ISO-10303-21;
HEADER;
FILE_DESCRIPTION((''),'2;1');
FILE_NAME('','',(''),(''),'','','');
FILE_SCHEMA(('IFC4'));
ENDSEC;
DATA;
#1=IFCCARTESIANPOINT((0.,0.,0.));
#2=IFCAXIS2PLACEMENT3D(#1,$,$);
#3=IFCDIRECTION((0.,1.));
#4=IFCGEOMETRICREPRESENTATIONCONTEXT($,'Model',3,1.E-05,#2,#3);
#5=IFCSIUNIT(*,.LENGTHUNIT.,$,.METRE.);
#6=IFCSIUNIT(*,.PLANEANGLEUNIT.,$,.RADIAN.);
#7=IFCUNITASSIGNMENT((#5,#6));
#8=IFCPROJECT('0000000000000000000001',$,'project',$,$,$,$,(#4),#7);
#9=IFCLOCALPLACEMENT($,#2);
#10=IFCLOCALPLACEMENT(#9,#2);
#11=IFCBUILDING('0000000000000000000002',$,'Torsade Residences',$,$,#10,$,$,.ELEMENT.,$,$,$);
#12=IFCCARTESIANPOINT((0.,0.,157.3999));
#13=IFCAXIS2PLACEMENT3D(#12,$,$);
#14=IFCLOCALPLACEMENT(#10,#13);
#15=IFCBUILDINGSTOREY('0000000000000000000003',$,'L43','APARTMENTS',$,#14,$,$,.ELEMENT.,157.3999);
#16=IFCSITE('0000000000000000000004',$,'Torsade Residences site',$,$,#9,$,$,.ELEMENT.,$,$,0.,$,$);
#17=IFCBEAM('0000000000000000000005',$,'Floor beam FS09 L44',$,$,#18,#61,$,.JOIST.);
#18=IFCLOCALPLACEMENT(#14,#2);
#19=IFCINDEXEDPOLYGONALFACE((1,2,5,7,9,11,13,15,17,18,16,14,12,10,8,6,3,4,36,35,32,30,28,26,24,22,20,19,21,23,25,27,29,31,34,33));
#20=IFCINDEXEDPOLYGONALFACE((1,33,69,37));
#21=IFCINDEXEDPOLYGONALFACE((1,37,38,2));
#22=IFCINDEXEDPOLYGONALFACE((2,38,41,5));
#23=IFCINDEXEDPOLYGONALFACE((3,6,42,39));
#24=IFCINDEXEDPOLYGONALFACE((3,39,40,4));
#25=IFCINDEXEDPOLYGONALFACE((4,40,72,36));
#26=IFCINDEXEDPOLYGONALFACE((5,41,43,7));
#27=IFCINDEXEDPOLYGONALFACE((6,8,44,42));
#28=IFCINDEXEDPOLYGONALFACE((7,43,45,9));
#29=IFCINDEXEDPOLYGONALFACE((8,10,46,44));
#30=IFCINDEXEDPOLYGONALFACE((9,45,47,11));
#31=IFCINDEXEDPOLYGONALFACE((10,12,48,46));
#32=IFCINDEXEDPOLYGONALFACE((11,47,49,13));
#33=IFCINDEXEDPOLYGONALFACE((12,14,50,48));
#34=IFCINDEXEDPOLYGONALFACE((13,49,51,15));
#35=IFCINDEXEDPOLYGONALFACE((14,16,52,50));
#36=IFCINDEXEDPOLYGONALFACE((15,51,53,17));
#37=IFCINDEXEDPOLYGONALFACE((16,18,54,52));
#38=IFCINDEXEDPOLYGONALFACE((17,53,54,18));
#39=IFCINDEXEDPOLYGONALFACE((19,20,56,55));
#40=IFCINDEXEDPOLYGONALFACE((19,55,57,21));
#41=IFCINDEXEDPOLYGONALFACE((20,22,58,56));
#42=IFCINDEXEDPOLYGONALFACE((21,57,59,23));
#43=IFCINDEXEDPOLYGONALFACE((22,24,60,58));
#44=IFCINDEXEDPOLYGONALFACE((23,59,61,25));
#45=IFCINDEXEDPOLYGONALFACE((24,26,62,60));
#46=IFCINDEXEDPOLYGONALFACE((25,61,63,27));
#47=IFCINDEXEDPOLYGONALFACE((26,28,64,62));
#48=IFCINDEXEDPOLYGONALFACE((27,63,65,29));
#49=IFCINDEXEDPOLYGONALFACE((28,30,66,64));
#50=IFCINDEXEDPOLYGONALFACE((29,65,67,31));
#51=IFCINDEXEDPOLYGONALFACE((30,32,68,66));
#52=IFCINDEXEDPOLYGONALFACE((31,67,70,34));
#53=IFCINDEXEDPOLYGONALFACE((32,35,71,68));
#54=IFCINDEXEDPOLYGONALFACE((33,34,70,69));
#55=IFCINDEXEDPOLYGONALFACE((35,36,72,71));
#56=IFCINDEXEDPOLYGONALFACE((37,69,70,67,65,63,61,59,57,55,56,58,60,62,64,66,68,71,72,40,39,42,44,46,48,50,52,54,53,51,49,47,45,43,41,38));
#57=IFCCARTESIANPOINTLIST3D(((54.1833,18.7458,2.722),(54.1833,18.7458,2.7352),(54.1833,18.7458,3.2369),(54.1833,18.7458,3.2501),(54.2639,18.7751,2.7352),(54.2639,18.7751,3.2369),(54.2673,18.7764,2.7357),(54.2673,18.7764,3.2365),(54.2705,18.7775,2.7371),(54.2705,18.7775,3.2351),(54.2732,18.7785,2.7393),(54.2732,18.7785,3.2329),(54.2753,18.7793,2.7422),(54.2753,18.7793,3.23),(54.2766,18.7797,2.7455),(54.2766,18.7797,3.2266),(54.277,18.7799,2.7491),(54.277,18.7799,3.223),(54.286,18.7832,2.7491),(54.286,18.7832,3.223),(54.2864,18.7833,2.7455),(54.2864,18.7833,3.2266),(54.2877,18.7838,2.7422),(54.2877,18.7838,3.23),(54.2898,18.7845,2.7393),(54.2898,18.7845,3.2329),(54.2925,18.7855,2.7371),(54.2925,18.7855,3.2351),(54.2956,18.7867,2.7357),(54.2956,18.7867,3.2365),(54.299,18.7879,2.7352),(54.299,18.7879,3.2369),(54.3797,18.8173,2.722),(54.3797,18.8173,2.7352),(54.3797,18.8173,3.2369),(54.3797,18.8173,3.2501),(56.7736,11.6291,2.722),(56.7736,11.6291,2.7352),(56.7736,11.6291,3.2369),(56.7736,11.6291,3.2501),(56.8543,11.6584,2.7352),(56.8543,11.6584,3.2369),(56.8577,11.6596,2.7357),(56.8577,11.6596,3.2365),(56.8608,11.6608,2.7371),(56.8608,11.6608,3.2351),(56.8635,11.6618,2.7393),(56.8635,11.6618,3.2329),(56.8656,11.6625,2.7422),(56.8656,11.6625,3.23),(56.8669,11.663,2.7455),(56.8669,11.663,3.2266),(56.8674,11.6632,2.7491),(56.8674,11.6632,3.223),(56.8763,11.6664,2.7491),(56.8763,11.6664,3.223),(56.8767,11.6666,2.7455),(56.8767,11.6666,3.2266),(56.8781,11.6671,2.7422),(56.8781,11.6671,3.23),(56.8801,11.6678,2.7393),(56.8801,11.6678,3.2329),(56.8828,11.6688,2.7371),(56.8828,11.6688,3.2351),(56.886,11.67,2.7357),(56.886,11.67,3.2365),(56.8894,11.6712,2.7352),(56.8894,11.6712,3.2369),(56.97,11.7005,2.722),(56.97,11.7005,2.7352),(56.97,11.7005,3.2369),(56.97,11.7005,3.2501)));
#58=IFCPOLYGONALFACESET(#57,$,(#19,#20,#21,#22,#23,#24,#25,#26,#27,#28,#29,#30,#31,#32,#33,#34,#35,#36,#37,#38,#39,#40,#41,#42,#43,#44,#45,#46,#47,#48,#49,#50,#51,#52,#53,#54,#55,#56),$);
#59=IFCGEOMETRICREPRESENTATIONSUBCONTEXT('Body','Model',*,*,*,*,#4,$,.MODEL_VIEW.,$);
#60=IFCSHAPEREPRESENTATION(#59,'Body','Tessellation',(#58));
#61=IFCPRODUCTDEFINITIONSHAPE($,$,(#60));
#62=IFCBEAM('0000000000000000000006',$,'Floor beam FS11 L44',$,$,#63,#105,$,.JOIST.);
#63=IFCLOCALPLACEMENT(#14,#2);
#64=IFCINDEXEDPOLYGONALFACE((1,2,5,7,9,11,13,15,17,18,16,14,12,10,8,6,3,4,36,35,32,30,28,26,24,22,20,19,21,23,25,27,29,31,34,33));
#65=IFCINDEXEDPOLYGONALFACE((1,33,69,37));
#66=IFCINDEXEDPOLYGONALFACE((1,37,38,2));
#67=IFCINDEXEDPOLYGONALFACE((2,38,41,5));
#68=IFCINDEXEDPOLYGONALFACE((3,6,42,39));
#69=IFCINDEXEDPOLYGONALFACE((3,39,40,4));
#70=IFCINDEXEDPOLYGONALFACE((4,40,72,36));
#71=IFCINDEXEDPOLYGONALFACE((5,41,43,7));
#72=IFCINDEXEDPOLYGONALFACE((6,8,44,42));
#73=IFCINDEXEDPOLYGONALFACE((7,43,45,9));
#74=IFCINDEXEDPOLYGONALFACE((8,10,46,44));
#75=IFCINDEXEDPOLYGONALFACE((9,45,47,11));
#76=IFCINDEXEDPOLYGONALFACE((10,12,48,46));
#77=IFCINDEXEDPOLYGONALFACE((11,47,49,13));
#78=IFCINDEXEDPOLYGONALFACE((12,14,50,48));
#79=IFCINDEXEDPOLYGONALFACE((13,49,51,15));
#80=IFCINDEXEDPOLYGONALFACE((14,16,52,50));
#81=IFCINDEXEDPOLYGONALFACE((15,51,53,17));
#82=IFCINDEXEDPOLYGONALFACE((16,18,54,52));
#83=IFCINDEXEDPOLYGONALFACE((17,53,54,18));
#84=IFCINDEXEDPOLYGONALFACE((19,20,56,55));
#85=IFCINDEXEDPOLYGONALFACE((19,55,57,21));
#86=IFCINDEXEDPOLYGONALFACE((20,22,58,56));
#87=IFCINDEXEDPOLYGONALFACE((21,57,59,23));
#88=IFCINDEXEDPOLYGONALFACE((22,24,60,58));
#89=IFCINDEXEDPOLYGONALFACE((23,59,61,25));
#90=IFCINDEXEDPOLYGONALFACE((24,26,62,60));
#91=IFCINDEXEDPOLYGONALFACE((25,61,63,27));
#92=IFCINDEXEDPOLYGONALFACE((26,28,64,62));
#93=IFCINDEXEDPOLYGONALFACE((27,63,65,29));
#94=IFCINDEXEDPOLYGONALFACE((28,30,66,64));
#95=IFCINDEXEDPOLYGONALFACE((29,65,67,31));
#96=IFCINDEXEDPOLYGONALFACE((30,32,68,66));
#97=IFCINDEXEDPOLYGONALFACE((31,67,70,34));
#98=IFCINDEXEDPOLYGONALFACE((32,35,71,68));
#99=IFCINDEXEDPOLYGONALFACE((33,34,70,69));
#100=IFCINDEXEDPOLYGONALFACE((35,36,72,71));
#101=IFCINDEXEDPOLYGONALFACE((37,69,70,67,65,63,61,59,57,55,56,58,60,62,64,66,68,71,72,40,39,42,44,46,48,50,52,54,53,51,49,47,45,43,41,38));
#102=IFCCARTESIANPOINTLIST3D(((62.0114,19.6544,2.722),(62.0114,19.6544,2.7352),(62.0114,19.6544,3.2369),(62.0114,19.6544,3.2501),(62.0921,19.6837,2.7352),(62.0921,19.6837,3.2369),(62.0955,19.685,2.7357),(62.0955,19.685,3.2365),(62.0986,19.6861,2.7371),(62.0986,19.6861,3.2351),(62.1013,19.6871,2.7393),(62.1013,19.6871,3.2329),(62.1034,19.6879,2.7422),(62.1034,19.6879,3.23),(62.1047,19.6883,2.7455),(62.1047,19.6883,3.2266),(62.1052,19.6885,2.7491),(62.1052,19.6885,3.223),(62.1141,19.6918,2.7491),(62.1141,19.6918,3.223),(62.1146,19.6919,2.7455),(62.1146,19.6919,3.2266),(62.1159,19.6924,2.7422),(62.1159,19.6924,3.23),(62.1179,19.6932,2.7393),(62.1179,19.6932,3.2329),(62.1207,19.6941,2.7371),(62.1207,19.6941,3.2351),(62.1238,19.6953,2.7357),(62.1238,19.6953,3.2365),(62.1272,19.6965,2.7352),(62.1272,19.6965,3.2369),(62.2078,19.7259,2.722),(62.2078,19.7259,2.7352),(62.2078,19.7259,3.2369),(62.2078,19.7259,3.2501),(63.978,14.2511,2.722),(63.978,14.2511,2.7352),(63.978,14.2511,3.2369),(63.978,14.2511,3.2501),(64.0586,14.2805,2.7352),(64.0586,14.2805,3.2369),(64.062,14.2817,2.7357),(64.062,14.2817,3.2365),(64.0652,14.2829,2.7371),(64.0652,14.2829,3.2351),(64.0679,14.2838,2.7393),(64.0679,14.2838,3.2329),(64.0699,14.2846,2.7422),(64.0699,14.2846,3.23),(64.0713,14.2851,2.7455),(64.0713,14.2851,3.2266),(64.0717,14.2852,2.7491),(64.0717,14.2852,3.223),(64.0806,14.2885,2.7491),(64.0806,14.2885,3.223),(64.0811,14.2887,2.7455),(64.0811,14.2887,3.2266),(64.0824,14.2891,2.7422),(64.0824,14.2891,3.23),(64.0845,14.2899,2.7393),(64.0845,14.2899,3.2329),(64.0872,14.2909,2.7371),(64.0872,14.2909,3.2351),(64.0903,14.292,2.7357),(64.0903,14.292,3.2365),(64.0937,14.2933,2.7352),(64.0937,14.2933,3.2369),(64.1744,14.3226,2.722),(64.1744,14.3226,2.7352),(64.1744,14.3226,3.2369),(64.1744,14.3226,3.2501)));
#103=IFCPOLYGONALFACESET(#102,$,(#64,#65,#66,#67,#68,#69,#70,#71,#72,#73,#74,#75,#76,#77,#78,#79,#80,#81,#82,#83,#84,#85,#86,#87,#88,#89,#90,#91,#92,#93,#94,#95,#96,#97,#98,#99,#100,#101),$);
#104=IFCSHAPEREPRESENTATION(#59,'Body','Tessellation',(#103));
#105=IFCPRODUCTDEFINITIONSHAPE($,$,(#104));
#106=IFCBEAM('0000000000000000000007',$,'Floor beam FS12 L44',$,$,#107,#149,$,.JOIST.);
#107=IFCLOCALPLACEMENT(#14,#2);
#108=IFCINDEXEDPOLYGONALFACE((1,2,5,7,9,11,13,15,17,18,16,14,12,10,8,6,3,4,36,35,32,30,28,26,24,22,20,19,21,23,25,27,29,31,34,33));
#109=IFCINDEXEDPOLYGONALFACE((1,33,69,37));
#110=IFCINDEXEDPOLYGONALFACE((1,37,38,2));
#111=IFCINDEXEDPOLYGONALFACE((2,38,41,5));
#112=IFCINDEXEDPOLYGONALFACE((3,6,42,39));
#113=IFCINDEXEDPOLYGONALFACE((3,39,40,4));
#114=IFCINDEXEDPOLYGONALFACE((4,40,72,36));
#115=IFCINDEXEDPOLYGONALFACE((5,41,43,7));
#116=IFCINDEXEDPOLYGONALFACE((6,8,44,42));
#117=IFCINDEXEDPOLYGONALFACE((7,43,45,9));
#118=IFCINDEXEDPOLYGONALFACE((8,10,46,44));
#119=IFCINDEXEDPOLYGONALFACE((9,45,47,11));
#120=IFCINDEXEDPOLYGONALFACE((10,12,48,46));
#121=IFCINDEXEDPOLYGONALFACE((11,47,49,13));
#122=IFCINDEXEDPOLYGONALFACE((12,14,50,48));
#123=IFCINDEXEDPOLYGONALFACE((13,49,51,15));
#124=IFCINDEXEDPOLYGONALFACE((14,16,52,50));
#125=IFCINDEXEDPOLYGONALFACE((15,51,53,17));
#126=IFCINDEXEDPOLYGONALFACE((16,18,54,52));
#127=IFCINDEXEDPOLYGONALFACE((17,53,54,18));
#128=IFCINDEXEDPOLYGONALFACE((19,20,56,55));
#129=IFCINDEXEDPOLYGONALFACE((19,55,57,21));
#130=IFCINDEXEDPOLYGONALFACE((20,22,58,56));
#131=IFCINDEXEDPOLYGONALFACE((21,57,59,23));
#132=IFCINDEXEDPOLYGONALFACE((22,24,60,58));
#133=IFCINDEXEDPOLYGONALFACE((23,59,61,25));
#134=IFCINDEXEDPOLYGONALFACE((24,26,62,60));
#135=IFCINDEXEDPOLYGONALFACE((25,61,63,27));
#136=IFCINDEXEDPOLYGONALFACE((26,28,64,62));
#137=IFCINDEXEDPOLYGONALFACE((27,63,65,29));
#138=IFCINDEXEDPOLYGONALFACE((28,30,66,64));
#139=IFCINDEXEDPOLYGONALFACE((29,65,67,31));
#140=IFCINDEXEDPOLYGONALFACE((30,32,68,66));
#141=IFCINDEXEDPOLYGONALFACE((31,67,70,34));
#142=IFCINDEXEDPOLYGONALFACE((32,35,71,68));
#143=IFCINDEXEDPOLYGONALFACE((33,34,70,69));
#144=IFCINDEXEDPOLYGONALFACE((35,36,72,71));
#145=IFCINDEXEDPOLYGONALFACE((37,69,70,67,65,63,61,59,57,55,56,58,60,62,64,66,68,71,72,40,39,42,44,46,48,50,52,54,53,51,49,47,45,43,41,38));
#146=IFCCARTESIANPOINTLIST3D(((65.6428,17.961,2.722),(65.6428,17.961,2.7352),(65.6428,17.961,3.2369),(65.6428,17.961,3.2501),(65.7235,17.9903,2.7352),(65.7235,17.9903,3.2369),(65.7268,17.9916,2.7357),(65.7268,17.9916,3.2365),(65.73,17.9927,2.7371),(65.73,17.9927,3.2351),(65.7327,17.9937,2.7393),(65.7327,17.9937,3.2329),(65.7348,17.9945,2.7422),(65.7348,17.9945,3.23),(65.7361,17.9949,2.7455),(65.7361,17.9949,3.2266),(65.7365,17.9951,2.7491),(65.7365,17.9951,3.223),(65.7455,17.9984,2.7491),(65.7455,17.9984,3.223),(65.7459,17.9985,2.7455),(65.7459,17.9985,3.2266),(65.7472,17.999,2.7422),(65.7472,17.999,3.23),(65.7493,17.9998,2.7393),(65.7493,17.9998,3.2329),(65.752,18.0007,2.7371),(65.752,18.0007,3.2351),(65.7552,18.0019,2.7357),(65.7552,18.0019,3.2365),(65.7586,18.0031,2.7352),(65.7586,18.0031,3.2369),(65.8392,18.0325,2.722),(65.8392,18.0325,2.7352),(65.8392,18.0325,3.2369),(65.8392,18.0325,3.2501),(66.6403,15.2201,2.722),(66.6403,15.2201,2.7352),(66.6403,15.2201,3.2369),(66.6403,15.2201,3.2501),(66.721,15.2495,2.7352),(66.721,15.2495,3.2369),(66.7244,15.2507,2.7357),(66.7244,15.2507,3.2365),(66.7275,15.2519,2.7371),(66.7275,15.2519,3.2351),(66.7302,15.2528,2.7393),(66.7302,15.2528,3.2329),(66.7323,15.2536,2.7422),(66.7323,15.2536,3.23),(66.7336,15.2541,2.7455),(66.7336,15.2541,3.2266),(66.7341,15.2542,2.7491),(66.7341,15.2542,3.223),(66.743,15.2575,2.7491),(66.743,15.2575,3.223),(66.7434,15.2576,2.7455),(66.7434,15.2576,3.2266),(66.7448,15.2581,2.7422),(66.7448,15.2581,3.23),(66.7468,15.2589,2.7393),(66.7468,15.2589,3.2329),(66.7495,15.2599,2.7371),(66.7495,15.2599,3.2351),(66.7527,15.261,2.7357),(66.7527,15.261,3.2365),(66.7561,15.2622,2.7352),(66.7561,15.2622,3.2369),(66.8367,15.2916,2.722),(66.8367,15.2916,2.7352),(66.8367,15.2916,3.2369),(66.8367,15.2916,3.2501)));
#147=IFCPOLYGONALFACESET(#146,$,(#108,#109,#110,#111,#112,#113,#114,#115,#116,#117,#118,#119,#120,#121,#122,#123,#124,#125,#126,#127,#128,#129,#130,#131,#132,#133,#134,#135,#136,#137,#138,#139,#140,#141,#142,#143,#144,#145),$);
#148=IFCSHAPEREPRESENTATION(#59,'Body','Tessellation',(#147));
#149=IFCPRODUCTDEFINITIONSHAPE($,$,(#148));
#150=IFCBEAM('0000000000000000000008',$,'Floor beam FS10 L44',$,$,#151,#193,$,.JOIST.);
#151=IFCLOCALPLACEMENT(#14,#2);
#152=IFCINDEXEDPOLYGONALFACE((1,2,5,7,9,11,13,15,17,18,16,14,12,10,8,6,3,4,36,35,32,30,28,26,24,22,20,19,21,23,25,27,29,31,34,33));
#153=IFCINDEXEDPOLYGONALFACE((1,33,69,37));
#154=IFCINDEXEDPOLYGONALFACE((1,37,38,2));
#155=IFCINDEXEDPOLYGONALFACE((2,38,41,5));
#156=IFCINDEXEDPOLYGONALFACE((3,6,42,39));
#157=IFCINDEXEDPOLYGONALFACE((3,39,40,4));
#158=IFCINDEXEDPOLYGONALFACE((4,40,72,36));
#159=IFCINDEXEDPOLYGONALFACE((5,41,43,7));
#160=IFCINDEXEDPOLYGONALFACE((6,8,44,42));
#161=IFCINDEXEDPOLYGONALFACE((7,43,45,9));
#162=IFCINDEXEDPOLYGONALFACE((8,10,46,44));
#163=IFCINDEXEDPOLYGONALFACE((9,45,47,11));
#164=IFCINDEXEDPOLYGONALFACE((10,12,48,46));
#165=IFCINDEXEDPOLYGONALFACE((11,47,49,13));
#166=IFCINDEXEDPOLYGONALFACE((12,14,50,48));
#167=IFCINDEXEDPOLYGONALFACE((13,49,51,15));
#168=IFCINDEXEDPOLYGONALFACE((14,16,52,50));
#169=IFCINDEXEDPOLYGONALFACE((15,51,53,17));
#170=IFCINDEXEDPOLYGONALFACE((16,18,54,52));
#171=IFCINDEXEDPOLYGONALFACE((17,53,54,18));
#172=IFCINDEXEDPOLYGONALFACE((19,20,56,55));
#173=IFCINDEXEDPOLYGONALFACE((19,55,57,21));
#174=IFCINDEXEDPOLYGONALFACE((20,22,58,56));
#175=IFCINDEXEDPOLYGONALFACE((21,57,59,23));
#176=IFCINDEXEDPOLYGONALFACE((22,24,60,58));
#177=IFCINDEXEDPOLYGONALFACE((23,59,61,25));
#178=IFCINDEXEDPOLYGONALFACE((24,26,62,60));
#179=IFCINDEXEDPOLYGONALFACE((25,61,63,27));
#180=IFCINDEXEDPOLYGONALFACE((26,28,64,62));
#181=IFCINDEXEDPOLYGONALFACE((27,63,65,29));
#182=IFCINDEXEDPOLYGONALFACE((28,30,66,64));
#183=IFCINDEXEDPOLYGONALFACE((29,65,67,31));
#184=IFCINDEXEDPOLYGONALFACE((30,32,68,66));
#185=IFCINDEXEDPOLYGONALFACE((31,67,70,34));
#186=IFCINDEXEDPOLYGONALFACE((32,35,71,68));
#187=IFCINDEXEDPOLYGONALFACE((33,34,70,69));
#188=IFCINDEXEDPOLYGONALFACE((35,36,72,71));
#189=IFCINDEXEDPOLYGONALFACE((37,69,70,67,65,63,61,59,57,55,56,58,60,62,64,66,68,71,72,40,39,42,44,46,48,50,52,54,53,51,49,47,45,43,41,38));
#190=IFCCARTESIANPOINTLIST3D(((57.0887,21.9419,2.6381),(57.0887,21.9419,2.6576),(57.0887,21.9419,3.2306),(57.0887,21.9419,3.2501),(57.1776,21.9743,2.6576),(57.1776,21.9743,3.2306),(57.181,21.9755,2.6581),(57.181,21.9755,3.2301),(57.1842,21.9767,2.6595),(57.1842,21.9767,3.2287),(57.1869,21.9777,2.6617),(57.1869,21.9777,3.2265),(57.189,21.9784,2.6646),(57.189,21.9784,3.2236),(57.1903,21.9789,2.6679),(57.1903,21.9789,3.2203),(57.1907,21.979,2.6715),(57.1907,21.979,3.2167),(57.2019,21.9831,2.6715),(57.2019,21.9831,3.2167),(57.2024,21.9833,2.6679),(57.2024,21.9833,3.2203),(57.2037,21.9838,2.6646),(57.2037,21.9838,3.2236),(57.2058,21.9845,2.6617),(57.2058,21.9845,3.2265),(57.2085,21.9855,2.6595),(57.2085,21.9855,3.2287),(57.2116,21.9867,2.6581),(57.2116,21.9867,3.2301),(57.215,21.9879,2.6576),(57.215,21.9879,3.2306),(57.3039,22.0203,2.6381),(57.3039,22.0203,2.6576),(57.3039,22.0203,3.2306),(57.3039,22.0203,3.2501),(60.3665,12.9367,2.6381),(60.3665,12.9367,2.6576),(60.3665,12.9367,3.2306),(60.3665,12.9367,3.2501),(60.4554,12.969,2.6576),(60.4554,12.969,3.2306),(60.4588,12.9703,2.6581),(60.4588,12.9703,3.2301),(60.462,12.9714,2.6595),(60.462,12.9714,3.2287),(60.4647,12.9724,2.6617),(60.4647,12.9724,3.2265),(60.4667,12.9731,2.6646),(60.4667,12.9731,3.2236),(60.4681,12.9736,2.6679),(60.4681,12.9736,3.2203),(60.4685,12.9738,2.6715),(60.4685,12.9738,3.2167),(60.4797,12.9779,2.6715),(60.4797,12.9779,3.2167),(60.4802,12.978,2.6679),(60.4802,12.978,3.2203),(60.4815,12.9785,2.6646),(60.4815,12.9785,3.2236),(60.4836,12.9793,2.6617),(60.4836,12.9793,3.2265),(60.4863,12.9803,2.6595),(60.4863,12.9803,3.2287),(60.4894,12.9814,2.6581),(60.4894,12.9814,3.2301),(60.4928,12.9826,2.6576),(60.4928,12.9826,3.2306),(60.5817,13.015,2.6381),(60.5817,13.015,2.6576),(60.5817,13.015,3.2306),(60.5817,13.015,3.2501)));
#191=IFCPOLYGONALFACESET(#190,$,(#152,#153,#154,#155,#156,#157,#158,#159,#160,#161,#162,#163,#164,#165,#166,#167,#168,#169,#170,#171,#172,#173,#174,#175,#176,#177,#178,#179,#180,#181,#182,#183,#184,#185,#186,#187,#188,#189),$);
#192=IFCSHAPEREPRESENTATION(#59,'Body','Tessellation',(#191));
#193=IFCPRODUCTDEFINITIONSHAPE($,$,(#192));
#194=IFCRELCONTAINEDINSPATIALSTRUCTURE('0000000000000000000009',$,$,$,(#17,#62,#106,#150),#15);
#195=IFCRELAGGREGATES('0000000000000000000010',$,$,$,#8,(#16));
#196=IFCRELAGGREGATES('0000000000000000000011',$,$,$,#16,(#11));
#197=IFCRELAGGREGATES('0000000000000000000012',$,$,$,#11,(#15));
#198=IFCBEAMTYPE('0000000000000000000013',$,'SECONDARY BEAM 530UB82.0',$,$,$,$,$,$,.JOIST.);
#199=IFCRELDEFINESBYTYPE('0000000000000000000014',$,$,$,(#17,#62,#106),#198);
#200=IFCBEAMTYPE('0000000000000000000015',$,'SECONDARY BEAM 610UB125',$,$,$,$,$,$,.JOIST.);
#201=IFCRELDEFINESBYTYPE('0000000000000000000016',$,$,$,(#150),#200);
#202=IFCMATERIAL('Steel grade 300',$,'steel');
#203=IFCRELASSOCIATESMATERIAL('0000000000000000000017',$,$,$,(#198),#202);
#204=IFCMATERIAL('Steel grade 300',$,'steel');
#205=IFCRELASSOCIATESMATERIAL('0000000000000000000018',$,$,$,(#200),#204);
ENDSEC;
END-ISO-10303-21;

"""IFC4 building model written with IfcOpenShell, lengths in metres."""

from ifc_helpers import new_model, si_unit, direction, frame, origin, origin_2d, place, context, subcontext, project, spatial, i_section, extrude, material, material_profile, profile_set, type_object, element, save


model = new_model("IFC4")

# Units and contexts
model_context = context("Model", 3, precision=1e-05, world=origin(), true_north=direction((0.0, 1.0)))
body_context = subcontext(model_context, "Body", "Model", "MODEL_VIEW")
ifc_project = project(units=[si_unit("LENGTHUNIT", "METRE"), si_unit("PLANEANGLEUNIT", "RADIAN")], contexts=[model_context])

# Site, building, storey
site_placement = place(None, origin())
site = spatial("IfcSite", under=ifc_project, at=site_placement, Name="Torsade Residences site", CompositionType="ELEMENT", RefElevation=0.0)
building_placement = place(site_placement, origin())
building = spatial("IfcBuilding", under=site, at=building_placement, Name="Torsade Residences", CompositionType="ELEMENT")
storey_placement = place(building_placement, frame((0.0, 0.0, 157.3999)))
storey = spatial("IfcBuildingStorey", under=building, at=storey_placement, Name="L43", Description="APARTMENTS", CompositionType="ELEMENT", Elevation=157.3999)

# Beams
ifc_material_1 = material(Name="Steel grade 300", Category="steel")
ifc_material_profile_1 = material_profile(ifc_material_1, i_section(OverallWidth=0.209, OverallDepth=0.5281, WebThickness=0.0095, FlangeThickness=0.0132, FilletRadius=0.0139, at=origin_2d()), Name="530UB82.0")
ifc_profile_set_1 = profile_set([ifc_material_profile_1], Name="Steel grade 300")
beam_type_1 = type_object("IfcBeamType", Name="SECONDARY BEAM 530UB82.0", PredefinedType="JOIST", material=ifc_profile_set_1)
beam_1_placement = place(storey_placement, frame((56.8718, 11.6648, 2.9861), z_axis=(-0.342028, 0.93969, 0.0), x_axis=(-0.93969, -0.342028, 0.0)))
element("IfcBeam", 1, at=beam_1_placement, inside=storey, type_object=beam_type_1, Name="Floor beam FS09 L44", PredefinedType="JOIST", context=body_context, shape_type="SweptSolid", body=[
    extrude(i_section(OverallWidth=0.209, OverallDepth=0.5281, WebThickness=0.0095, FlangeThickness=0.0132, FilletRadius=0.0139, at=origin_2d()), origin(), (0.0, 0.0, 1.0), 7.5735),
])
beam_2_placement = place(storey_placement, frame((64.0762, 14.2869, 2.9861), z_axis=(-0.342006, 0.939698, 0.0), x_axis=(-0.939698, -0.342006, 0.0)))
element("IfcBeam", 2, at=beam_2_placement, inside=storey, type_object=beam_type_1, Name="Floor beam FS11 L44", PredefinedType="JOIST", context=body_context, shape_type="SweptSolid", body=[
    extrude(i_section(OverallWidth=0.209, OverallDepth=0.5281, WebThickness=0.0095, FlangeThickness=0.0132, FilletRadius=0.0139, at=origin_2d()), origin(), (0.0, 0.0, 1.0), 5.75),
])
beam_3_placement = place(storey_placement, frame((66.7385, 15.2559, 2.9861), z_axis=(-0.341998, 0.939701, 0.0), x_axis=(-0.939701, -0.341998, 0.0)))
element("IfcBeam", 3, at=beam_3_placement, inside=storey, type_object=beam_type_1, Name="Floor beam FS12 L44", PredefinedType="JOIST", context=body_context, shape_type="SweptSolid", body=[
    extrude(i_section(OverallWidth=0.209, OverallDepth=0.5281, WebThickness=0.0095, FlangeThickness=0.0132, FilletRadius=0.0139, at=origin_2d()), origin(), (0.0, 0.0, 1.0), 2.9167),
])
ifc_material_2 = material(Name="Steel grade 300", Category="steel")
ifc_material_profile_2 = material_profile(ifc_material_2, i_section(OverallWidth=0.229, OverallDepth=0.6121, WebThickness=0.012, FlangeThickness=0.0195, FilletRadius=0.0139, at=origin_2d()), Name="610UB125")
ifc_profile_set_2 = profile_set([ifc_material_profile_2], Name="Steel grade 300")
beam_type_2 = type_object("IfcBeamType", Name="SECONDARY BEAM 610UB125", PredefinedType="JOIST", material=ifc_profile_set_2)
beam_4_placement = place(storey_placement, frame((60.4741, 12.9758, 2.9441), z_axis=(-0.342034, 0.939688, 0.0), x_axis=(-0.939688, -0.342034, 0.0)))
element("IfcBeam", 4, at=beam_4_placement, inside=storey, type_object=beam_type_2, Name="Floor beam FS10 L44", PredefinedType="JOIST", context=body_context, shape_type="SweptSolid", body=[
    extrude(i_section(OverallWidth=0.229, OverallDepth=0.6121, WebThickness=0.012, FlangeThickness=0.0195, FilletRadius=0.0139, at=origin_2d()), origin(), (0.0, 0.0, 1.0), 9.5833),
])

save(model, "model.ifc")
